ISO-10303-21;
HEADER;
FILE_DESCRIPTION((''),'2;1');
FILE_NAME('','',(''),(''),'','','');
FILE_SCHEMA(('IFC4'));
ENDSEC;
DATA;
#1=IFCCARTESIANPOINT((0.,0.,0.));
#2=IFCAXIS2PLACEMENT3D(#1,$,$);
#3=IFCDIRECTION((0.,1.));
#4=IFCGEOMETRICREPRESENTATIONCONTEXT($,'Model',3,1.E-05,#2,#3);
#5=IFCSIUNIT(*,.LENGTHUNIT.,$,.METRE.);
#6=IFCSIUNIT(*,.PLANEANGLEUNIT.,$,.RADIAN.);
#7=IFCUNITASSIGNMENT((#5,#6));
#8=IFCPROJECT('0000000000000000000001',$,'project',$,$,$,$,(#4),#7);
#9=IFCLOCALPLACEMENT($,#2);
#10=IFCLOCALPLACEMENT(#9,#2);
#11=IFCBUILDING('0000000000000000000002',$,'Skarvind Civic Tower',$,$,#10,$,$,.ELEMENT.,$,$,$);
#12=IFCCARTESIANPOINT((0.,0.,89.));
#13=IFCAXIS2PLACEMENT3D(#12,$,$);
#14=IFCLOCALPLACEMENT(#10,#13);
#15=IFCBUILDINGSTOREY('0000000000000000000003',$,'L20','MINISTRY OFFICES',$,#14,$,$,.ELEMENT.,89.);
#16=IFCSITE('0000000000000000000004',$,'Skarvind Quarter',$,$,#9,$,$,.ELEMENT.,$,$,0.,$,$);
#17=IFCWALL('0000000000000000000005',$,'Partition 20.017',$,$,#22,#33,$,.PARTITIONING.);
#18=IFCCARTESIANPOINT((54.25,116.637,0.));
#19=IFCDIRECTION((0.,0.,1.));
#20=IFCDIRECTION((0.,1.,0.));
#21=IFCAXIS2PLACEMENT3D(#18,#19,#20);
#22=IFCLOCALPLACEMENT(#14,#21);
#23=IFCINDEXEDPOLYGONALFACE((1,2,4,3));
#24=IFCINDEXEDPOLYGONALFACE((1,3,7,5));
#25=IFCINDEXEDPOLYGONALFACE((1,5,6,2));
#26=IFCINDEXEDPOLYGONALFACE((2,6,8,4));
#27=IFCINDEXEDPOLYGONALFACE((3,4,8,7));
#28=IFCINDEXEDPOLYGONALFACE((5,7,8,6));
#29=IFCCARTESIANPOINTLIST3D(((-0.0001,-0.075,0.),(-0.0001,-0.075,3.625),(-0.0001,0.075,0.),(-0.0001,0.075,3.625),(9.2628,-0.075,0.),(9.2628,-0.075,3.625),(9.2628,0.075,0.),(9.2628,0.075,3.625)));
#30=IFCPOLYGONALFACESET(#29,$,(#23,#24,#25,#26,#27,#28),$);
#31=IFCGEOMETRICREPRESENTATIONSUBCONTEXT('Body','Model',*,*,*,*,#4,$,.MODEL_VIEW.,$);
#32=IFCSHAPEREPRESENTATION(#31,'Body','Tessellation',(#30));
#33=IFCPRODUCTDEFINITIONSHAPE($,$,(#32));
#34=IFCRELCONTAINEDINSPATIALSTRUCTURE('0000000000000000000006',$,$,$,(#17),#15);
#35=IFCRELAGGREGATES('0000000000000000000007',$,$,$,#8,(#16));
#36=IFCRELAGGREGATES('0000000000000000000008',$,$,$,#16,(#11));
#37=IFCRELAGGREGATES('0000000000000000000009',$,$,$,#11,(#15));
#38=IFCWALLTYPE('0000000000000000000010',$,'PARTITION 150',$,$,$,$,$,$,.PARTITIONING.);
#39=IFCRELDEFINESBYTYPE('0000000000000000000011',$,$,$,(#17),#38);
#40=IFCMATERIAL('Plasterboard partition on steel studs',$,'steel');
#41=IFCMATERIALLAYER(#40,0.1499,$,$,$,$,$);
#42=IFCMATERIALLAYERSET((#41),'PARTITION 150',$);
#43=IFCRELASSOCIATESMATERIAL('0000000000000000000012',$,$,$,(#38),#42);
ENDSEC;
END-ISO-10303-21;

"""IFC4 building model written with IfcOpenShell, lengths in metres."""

from ifc_helpers import new_model, si_unit, direction, frame, frame_2d, origin, place, context, subcontext, project, spatial, rectangle, extrude, material, layer, layer_set, type_object, element, save


model = new_model("IFC4")

# Units and contexts
model_context = context("Model", 3, precision=1e-05, world=origin(), true_north=direction((0.0, 1.0)))
body_context = subcontext(model_context, "Body", "Model", "MODEL_VIEW")
ifc_project = project(units=[si_unit("LENGTHUNIT", "METRE"), si_unit("PLANEANGLEUNIT", "RADIAN")], contexts=[model_context])

# Site, building, storey
site_placement = place(None, origin())
site = spatial("IfcSite", under=ifc_project, at=site_placement, Name="Skarvind Quarter", CompositionType="ELEMENT", RefElevation=0.0)
building_placement = place(site_placement, origin())
building = spatial("IfcBuilding", under=site, at=building_placement, Name="Skarvind Civic Tower", CompositionType="ELEMENT")
storey_placement = place(building_placement, frame((0.0, 0.0, 89.0)))
storey = spatial("IfcBuildingStorey", under=building, at=storey_placement, Name="L20", Description="MINISTRY OFFICES", CompositionType="ELEMENT", Elevation=89.0)

# Wall
ifc_material_1 = material(Name="Plasterboard partition on steel studs", Category="steel")
ifc_layer_1 = layer(ifc_material_1, 0.1499)
ifc_layer_set_1 = layer_set([ifc_layer_1], Name="PARTITION 150")
wall_type_1 = type_object("IfcWallType", Name="PARTITION 150", PredefinedType="PARTITIONING", material=ifc_layer_set_1)
wall_1_placement = place(storey_placement, frame((54.25, 116.637, 0.0), z_axis=(0.0, 0.0, 1.0), x_axis=(0.0, 1.0, 0.0)))
element("IfcWall", 1, at=wall_1_placement, inside=storey, type_object=wall_type_1, Name="Partition 20.017", PredefinedType="PARTITIONING", context=body_context, shape_type="SweptSolid", body=[
    extrude(rectangle(XDim=9.2629, YDim=0.1499, at=frame_2d((4.6313, 0.0))), origin(), (0.0, 0.0, 1.0), 3.625),
])

save(model, "model.ifc")
